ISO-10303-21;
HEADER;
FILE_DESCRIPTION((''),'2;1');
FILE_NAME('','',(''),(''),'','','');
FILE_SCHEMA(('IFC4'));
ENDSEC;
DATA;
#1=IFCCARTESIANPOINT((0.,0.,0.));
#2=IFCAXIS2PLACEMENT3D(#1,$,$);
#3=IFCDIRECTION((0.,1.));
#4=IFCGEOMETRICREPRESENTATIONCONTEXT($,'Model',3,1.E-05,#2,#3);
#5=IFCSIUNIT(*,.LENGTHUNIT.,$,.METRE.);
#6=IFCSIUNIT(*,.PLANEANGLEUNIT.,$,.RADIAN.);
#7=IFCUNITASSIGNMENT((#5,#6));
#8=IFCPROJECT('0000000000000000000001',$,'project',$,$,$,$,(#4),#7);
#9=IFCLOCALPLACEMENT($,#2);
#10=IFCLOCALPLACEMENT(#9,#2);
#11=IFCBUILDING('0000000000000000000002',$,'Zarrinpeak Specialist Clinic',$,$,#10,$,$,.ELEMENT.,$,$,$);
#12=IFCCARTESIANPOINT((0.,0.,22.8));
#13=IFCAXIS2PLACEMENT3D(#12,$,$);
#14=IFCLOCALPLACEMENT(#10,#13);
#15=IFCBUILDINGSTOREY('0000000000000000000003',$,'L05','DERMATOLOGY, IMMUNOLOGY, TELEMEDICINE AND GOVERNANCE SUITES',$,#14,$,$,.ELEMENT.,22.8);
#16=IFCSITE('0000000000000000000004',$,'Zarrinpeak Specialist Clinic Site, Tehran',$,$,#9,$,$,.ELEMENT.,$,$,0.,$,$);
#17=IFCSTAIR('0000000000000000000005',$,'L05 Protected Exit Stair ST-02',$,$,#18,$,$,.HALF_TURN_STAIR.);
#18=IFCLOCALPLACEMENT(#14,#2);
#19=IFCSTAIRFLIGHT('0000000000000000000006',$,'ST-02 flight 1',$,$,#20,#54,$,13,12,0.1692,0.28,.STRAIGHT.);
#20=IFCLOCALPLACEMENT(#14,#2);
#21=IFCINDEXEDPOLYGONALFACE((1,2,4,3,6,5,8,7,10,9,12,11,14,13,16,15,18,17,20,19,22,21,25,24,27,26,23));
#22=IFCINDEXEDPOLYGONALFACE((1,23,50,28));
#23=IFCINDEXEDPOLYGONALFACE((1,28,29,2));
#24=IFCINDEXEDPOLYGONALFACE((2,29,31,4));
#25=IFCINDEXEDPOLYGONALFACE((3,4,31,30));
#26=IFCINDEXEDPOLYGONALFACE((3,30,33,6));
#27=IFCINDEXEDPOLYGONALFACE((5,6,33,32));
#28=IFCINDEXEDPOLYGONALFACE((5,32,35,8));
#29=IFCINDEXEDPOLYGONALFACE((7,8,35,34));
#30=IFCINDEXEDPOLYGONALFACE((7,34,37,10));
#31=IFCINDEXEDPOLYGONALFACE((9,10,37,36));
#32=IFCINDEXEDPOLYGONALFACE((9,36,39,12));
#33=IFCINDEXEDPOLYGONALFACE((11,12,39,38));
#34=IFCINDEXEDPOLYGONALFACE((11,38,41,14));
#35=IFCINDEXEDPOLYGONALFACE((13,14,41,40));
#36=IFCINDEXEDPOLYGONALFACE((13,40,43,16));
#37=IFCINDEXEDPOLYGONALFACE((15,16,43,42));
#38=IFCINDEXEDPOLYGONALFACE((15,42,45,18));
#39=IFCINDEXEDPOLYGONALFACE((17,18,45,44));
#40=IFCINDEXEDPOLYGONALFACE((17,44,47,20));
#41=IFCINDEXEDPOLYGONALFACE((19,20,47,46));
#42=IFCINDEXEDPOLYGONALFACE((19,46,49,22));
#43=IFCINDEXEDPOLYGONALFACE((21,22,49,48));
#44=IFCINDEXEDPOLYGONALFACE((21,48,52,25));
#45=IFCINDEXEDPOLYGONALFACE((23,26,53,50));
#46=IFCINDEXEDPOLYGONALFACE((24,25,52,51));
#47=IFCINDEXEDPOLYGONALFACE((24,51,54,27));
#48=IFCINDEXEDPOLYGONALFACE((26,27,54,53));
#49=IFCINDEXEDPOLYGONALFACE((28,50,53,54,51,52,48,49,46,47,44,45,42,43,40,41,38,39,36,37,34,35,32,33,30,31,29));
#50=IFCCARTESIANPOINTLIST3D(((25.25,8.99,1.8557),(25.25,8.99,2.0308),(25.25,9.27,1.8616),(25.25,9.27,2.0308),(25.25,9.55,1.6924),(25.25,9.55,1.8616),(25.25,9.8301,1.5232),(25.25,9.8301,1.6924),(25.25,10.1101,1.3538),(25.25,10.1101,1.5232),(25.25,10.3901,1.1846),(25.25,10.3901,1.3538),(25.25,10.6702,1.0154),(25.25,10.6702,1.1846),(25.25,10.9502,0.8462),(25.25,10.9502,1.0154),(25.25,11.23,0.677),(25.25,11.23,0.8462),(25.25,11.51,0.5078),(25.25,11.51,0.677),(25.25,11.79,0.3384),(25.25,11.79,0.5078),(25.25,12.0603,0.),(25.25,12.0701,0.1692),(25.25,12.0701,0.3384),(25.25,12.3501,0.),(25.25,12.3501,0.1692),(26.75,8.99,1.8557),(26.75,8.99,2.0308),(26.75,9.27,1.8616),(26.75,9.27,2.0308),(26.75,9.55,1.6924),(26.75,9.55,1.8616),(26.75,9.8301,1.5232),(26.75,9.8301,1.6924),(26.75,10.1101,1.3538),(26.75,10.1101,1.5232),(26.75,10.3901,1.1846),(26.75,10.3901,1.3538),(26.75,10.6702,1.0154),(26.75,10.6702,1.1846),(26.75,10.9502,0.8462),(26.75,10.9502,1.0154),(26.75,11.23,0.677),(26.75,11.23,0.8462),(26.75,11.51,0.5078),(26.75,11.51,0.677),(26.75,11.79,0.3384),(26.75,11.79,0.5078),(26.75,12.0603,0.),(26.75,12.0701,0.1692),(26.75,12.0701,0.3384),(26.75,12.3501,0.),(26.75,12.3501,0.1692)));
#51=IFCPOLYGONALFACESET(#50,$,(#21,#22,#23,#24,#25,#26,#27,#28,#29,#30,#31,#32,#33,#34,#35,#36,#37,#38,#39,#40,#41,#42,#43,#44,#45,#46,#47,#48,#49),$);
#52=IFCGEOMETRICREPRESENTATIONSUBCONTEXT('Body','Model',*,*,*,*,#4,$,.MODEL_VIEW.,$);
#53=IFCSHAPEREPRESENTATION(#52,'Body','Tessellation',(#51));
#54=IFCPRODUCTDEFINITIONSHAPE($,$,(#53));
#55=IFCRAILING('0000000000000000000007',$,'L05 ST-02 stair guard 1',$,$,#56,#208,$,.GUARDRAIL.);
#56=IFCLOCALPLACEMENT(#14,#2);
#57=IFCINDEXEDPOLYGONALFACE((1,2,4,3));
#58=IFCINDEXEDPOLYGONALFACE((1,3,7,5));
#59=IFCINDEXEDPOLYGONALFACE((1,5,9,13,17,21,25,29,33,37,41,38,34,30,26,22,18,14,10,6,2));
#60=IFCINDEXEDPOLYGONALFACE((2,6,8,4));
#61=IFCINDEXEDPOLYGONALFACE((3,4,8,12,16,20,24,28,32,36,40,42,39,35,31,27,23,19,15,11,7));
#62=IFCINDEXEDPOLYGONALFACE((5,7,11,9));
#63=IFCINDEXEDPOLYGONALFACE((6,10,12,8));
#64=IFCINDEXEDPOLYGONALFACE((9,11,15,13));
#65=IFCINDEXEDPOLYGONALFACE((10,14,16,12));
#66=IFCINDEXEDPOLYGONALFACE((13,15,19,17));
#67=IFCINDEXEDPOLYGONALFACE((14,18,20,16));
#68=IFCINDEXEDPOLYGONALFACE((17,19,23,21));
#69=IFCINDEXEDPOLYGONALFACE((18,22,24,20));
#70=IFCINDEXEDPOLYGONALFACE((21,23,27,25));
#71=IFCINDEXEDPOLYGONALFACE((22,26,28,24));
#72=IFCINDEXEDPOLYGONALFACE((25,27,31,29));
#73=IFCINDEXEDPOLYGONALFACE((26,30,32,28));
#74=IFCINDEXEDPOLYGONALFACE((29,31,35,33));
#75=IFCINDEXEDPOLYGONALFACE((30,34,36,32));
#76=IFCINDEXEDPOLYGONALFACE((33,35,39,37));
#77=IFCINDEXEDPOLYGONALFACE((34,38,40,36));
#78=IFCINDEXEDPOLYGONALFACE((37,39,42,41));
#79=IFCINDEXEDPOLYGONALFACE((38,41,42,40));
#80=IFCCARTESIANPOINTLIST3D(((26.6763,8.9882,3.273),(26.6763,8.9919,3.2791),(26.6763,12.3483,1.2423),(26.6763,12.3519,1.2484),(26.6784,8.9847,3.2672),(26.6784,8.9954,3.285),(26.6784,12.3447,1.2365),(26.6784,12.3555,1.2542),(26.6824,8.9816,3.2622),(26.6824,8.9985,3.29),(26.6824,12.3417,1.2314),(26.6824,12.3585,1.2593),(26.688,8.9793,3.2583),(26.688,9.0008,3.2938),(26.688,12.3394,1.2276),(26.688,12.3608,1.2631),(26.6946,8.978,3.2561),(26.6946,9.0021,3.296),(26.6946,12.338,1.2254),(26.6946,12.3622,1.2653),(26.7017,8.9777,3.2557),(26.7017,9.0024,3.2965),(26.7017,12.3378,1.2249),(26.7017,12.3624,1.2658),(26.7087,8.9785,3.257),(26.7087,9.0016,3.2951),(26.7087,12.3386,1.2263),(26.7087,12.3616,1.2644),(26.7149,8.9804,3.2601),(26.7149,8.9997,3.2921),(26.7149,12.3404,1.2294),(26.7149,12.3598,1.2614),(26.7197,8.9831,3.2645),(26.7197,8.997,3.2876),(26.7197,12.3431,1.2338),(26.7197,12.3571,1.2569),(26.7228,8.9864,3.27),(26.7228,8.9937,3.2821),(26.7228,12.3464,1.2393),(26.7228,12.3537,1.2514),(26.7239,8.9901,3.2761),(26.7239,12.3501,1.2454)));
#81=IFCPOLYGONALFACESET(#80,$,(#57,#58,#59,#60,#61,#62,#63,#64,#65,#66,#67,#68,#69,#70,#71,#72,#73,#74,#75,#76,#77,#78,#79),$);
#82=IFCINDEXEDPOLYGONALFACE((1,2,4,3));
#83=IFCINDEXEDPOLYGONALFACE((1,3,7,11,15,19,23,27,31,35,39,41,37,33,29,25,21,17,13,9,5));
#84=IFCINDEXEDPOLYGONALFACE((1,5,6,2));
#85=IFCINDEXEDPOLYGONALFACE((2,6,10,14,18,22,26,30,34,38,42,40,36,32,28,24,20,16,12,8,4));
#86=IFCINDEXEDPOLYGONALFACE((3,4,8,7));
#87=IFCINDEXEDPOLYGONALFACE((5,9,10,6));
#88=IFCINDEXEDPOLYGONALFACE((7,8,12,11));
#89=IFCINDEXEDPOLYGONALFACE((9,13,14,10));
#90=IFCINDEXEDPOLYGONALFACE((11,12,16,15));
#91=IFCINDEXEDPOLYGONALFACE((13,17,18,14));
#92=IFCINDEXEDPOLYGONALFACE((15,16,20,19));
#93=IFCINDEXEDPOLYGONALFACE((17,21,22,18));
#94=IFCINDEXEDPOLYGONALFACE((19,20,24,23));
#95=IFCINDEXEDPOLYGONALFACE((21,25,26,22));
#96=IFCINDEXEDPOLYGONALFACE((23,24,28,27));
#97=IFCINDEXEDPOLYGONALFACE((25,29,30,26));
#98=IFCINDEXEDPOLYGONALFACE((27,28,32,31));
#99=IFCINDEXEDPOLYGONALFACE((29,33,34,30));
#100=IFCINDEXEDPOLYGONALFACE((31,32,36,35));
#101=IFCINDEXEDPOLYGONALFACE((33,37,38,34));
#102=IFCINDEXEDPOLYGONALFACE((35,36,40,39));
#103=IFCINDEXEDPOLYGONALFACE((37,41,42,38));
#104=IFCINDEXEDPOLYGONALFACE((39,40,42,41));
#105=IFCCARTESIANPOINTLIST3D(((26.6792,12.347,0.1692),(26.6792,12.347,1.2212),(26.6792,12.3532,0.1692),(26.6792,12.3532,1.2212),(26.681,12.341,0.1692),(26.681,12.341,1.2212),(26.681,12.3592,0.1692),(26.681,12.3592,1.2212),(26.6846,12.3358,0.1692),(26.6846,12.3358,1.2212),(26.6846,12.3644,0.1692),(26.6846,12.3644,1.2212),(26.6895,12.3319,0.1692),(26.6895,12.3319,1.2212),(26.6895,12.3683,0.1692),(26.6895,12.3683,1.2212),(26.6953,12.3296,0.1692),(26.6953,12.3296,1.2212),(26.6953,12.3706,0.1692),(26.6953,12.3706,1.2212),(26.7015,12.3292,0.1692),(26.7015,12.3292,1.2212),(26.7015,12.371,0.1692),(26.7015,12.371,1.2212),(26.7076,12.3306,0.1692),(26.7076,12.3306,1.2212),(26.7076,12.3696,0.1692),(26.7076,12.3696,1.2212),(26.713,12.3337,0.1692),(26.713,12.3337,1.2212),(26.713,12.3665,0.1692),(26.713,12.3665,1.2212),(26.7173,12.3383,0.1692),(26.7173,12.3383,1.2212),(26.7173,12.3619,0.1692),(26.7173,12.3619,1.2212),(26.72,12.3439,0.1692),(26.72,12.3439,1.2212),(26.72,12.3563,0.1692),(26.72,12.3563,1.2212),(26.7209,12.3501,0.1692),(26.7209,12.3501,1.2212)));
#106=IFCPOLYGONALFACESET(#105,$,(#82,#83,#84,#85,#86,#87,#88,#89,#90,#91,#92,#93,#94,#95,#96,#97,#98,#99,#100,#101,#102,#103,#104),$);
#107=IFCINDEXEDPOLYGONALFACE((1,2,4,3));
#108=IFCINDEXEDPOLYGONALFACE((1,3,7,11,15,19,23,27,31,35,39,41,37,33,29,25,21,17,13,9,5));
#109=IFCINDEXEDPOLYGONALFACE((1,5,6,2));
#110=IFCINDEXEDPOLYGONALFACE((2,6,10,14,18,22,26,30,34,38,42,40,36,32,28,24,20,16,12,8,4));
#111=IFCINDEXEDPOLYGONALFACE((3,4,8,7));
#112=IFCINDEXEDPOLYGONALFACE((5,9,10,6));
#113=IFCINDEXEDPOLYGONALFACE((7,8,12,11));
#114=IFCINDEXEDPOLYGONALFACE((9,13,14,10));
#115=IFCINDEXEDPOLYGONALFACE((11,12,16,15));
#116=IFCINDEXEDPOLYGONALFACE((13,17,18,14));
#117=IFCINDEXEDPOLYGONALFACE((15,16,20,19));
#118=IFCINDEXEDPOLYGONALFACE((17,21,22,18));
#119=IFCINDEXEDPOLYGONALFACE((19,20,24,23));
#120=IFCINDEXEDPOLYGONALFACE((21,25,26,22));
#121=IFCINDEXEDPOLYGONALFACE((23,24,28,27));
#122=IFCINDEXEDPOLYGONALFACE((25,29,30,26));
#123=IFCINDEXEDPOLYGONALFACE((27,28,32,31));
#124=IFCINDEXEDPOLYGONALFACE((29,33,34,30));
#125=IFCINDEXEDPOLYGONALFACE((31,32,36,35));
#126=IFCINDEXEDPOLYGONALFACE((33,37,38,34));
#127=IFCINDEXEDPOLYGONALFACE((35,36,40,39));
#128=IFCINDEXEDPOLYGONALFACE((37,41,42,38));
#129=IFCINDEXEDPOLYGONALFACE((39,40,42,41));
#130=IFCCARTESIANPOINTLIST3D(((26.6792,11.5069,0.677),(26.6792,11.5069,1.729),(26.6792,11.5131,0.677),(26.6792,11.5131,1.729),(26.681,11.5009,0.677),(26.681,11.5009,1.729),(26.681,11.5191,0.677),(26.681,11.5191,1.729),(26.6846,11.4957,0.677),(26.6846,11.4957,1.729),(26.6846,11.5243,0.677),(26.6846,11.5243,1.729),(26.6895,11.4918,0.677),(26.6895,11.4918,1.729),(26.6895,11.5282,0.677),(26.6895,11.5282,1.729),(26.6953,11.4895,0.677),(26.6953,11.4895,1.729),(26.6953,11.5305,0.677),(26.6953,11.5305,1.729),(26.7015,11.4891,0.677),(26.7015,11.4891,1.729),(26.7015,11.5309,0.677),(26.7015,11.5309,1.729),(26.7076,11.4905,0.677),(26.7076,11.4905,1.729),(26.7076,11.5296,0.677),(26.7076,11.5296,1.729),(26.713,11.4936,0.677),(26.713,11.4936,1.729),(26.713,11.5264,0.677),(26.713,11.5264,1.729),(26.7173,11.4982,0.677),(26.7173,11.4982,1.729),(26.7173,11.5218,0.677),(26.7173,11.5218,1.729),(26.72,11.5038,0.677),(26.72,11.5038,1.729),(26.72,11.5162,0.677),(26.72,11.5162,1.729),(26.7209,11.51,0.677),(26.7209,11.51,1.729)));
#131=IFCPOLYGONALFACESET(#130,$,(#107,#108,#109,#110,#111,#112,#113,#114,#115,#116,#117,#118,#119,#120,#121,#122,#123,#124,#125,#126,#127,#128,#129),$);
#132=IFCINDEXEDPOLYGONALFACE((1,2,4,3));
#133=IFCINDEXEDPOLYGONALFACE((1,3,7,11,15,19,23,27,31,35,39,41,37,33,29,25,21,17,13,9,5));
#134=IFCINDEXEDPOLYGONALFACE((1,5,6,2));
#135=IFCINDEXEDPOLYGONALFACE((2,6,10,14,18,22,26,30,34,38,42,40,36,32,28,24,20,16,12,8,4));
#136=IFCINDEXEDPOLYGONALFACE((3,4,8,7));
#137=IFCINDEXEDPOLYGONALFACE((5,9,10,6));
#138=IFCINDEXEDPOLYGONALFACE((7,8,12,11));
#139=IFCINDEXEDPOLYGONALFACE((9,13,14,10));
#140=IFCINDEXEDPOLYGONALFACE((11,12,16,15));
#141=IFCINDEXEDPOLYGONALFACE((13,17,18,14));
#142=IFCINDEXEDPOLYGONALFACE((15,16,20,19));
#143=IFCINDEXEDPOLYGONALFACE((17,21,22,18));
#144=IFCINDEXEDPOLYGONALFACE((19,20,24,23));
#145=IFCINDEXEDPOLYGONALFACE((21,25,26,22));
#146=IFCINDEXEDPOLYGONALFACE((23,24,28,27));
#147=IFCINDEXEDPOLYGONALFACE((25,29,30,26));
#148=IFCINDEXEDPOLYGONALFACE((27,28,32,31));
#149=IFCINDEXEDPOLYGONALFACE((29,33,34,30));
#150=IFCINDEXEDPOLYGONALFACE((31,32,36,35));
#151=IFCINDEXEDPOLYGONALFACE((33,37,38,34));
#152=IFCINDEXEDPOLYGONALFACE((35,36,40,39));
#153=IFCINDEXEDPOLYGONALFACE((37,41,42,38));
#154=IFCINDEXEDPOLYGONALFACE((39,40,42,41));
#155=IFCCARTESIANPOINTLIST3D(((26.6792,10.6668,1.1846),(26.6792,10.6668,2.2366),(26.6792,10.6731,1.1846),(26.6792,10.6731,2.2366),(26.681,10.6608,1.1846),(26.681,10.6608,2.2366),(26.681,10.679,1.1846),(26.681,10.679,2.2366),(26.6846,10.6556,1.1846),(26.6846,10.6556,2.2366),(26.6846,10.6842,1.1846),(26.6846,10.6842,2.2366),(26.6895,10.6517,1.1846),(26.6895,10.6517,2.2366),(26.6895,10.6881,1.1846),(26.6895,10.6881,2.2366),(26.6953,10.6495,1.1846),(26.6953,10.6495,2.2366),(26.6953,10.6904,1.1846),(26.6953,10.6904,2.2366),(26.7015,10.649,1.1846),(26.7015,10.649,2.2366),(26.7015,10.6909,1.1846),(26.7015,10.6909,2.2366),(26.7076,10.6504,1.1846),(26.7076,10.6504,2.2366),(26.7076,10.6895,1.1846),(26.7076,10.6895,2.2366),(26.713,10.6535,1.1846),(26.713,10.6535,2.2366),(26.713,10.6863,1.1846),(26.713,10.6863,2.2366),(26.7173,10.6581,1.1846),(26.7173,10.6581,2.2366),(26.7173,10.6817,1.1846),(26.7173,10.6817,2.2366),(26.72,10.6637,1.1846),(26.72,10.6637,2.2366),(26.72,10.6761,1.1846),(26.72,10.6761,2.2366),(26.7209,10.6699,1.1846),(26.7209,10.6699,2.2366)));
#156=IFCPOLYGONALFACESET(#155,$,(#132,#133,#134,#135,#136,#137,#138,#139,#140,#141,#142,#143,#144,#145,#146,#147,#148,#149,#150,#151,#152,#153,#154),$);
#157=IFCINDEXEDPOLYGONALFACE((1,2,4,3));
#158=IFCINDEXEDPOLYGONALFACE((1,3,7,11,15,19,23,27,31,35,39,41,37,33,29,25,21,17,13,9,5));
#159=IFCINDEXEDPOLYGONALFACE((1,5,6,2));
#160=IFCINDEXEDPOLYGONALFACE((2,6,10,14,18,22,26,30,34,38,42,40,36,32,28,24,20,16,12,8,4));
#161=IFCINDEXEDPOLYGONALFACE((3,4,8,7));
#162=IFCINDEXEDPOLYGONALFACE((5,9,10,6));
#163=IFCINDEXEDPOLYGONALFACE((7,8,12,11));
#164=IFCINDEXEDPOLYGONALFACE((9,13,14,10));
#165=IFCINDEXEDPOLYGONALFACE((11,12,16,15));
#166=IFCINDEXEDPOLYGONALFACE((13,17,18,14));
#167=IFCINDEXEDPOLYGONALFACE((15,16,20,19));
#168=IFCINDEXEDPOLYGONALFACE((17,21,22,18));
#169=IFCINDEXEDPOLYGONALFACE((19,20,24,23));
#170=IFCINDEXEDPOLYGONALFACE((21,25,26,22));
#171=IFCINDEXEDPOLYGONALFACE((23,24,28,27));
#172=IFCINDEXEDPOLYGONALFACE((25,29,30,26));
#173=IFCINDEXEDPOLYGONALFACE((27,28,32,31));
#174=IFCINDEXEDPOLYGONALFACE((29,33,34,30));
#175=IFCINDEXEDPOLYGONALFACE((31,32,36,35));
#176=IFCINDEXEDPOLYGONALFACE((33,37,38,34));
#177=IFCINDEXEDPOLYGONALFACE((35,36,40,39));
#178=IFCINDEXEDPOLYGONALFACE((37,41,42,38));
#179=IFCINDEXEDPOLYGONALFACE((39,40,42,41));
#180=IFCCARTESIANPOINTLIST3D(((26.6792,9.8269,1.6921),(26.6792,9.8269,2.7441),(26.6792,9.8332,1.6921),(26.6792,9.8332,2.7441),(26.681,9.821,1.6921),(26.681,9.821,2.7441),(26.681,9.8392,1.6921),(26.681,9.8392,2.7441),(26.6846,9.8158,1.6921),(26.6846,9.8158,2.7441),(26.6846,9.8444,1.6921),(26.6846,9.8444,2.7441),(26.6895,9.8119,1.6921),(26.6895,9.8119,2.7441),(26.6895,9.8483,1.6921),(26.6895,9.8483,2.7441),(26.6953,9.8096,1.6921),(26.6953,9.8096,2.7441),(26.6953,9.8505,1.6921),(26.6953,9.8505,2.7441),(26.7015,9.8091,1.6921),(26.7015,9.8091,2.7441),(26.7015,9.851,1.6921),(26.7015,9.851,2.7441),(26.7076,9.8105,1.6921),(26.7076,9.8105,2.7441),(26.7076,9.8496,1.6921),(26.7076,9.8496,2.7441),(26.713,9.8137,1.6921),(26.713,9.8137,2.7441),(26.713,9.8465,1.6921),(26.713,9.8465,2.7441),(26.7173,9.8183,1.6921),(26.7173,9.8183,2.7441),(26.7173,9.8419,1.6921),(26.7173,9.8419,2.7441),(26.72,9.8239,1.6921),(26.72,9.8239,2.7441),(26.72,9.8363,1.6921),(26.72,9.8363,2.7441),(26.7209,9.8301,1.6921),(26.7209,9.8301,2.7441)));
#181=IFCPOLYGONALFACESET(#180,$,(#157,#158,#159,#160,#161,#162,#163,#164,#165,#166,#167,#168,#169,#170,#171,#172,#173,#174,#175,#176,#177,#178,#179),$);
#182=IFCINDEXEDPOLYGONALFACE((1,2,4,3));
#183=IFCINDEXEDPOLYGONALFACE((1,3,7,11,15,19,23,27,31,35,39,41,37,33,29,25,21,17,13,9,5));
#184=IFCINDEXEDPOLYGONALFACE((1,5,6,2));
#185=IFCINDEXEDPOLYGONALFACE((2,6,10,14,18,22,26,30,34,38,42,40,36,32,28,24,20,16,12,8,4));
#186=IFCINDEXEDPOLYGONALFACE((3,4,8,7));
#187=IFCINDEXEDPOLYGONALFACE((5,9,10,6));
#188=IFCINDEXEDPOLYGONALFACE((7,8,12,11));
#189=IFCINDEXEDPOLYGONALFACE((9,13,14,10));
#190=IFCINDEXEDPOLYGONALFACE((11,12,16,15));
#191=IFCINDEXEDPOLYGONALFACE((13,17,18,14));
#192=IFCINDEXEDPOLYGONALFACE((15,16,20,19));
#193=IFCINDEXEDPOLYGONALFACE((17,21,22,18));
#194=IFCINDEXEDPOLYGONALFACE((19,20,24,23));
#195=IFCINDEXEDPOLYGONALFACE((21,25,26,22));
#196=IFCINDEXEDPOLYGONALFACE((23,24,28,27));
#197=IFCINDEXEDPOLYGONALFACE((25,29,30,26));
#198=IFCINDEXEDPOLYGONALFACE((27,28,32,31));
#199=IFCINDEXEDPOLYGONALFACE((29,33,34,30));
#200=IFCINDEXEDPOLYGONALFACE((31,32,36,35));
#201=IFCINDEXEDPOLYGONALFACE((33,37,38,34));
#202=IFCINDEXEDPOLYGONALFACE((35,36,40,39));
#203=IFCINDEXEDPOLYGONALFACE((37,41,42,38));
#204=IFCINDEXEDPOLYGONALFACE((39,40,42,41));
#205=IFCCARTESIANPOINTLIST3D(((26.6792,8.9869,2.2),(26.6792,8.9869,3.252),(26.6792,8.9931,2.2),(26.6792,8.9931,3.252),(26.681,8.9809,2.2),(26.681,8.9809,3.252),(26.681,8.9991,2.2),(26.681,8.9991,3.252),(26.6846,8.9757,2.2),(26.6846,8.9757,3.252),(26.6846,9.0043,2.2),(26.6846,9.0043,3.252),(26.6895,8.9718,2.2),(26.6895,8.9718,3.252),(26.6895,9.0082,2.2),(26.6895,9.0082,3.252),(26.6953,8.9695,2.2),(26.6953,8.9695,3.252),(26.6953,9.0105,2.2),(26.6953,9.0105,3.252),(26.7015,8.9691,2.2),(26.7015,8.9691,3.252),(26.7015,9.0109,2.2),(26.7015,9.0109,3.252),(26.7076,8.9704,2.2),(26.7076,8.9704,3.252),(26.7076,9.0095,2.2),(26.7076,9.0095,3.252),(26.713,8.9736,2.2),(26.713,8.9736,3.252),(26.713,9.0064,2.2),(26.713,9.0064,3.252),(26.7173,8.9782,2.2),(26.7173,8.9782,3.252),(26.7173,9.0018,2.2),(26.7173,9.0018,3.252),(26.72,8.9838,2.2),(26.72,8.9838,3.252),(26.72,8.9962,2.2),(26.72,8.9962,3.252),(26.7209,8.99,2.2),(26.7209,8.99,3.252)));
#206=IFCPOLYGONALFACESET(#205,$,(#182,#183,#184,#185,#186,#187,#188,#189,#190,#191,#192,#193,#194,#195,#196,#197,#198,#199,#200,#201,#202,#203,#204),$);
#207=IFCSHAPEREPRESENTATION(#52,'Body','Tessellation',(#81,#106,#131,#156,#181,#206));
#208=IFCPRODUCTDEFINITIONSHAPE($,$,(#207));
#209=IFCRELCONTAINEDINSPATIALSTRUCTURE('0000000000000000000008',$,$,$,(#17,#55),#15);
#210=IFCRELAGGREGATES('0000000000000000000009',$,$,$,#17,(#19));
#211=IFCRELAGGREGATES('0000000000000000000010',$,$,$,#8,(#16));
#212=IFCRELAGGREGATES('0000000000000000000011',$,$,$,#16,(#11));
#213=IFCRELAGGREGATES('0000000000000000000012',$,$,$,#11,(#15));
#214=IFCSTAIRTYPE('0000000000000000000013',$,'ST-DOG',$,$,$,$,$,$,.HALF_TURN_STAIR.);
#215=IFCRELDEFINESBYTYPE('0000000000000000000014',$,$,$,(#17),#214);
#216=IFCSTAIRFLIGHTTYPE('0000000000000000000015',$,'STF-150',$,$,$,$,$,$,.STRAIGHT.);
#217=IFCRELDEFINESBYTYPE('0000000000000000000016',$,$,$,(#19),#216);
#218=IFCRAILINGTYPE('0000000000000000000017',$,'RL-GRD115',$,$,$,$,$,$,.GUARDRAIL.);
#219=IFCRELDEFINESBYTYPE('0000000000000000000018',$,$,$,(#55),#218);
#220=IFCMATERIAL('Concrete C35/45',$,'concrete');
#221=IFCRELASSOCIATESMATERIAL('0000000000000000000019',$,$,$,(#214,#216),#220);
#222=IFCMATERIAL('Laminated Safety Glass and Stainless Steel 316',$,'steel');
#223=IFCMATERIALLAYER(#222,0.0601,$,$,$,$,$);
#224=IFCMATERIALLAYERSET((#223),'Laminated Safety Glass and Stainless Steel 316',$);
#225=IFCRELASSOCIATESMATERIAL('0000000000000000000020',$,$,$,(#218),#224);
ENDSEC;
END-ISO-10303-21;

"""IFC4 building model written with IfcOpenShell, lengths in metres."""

from ifc_helpers import new_model, si_unit, direction, frame, origin, origin_2d, place, context, subcontext, project, spatial, polyline, circle, outline, extrude, material, layer, layer_set, type_object, element, aggregate, save


model = new_model("IFC4")

# Units and contexts
model_context = context("Model", 3, precision=1e-05, world=origin(), true_north=direction((0.0, 1.0)))
body_context = subcontext(model_context, "Body", "Model", "MODEL_VIEW")
ifc_project = project(units=[si_unit("LENGTHUNIT", "METRE"), si_unit("PLANEANGLEUNIT", "RADIAN")], contexts=[model_context])

# Site, building, storey
site_placement = place(None, origin())
site = spatial("IfcSite", under=ifc_project, at=site_placement, Name="Zarrinpeak Specialist Clinic Site, Tehran", CompositionType="ELEMENT", RefElevation=0.0)
building_placement = place(site_placement, origin())
building = spatial("IfcBuilding", under=site, at=building_placement, Name="Zarrinpeak Specialist Clinic", CompositionType="ELEMENT")
storey_placement = place(building_placement, frame((0.0, 0.0, 22.8)))
storey = spatial("IfcBuildingStorey", under=building, at=storey_placement, Name="L05", Description="DERMATOLOGY, IMMUNOLOGY, TELEMEDICINE AND GOVERNANCE SUITES", CompositionType="ELEMENT", Elevation=22.8)

# Stair, stair flight
ifc_material_1 = material(Name="Concrete C35/45", Category="concrete")
stair_type = type_object("IfcStairType", Name="ST-DOG", PredefinedType="HALF_TURN_STAIR", material=ifc_material_1)
stair_placement = place(storey_placement, origin())
stair = element("IfcStair", 1, at=stair_placement, inside=storey, type_object=stair_type, Name="L05 Protected Exit Stair ST-02", PredefinedType="HALF_TURN_STAIR")
stair_flight_type = type_object("IfcStairFlightType", Name="STF-150", PredefinedType="STRAIGHT", material=ifc_material_1)
stair_flight_placement = place(storey_placement, frame((26.0, 12.3501, 0.0), z_axis=(0.0, 0.0, 1.0), x_axis=(0.0, -1.0, 0.0)))
stair_flight = element("IfcStairFlight", 2, at=stair_flight_placement, type_object=stair_flight_type, Name="ST-02 flight 1", NumberOfRisers=13, NumberOfTreads=12, PredefinedType="STRAIGHT", RiserHeight=0.1692, TreadLength=0.28, context=body_context, shape_type="SweptSolid", body=[
    extrude(outline(polyline([(0.0, 0.0), (0.0, 0.1692), (0.28, 0.1692), (0.28, 0.3384), (0.5601, 0.3384), (0.5601, 0.5078), (0.8401, 0.5078), (0.8401, 0.677), (1.1201, 0.677), (1.1201, 0.8462), (1.3999, 0.8462), (1.3999, 1.0154), (1.6799, 1.0154), (1.6799, 1.1846), (1.96, 1.1846), (1.96, 1.3538), (2.24, 1.3538), (2.24, 1.5232), (2.52, 1.5232), (2.52, 1.6924), (2.8, 1.6924), (2.8, 1.8616), (3.0801, 1.8616), (3.0801, 2.0308), (3.3601, 2.0308), (3.3601, 2.2), (3.3601, 1.8557), (0.2898, 0.0), (0.0, 0.0)])), frame((0.0, 0.75, 0.0), z_axis=(0.0, -1.0, 0.0), x_axis=(1.0, 0.0, 0.0)), (0.0, 0.0, 1.0), 1.5),
])
aggregate(stair, [stair_flight])

# Railing
ifc_material_2 = material(Name="Laminated Safety Glass and Stainless Steel 316", Category="steel")
ifc_layer_1 = layer(ifc_material_2, 0.0601)
ifc_layer_set_1 = layer_set([ifc_layer_1], Name="Laminated Safety Glass and Stainless Steel 316")
railing_type_1 = type_object("IfcRailingType", Name="RL-GRD115", PredefinedType="GUARDRAIL", material=ifc_layer_set_1)
railing_1_placement = place(storey_placement, frame((26.7, 12.3501, 0.1692)))
element("IfcRailing", 3, at=railing_1_placement, inside=storey, type_object=railing_type_1, Name="L05 ST-02 stair guard 1", PredefinedType="GUARDRAIL", context=body_context, shape_type="SweptSolid", body=[
    extrude(circle(Radius=0.0239, at=origin_2d()), frame((0.0, 0.0, 1.0762), z_axis=(0.0, -0.855837, 0.517246), x_axis=(1.0, 0.0, 0.0)), (0.0, 0.0, 1.0), 3.926),
    extrude(circle(Radius=0.021, at=origin_2d()), origin(), (0.0, 0.0, 1.0), 1.052),
    extrude(circle(Radius=0.021, at=origin_2d()), frame((0.0, -0.8401, 0.5078)), (0.0, 0.0, 1.0), 1.052),
    extrude(circle(Radius=0.021, at=origin_2d()), frame((0.0, -1.6802, 1.0154)), (0.0, 0.0, 1.0), 1.052),
    extrude(circle(Radius=0.021, at=origin_2d()), frame((0.0, -2.52, 1.5229)), (0.0, 0.0, 1.0), 1.052),
    extrude(circle(Radius=0.021, at=origin_2d()), frame((0.0, -3.3601, 2.0308)), (0.0, 0.0, 1.0), 1.052),
])

save(model, "model.ifc")
